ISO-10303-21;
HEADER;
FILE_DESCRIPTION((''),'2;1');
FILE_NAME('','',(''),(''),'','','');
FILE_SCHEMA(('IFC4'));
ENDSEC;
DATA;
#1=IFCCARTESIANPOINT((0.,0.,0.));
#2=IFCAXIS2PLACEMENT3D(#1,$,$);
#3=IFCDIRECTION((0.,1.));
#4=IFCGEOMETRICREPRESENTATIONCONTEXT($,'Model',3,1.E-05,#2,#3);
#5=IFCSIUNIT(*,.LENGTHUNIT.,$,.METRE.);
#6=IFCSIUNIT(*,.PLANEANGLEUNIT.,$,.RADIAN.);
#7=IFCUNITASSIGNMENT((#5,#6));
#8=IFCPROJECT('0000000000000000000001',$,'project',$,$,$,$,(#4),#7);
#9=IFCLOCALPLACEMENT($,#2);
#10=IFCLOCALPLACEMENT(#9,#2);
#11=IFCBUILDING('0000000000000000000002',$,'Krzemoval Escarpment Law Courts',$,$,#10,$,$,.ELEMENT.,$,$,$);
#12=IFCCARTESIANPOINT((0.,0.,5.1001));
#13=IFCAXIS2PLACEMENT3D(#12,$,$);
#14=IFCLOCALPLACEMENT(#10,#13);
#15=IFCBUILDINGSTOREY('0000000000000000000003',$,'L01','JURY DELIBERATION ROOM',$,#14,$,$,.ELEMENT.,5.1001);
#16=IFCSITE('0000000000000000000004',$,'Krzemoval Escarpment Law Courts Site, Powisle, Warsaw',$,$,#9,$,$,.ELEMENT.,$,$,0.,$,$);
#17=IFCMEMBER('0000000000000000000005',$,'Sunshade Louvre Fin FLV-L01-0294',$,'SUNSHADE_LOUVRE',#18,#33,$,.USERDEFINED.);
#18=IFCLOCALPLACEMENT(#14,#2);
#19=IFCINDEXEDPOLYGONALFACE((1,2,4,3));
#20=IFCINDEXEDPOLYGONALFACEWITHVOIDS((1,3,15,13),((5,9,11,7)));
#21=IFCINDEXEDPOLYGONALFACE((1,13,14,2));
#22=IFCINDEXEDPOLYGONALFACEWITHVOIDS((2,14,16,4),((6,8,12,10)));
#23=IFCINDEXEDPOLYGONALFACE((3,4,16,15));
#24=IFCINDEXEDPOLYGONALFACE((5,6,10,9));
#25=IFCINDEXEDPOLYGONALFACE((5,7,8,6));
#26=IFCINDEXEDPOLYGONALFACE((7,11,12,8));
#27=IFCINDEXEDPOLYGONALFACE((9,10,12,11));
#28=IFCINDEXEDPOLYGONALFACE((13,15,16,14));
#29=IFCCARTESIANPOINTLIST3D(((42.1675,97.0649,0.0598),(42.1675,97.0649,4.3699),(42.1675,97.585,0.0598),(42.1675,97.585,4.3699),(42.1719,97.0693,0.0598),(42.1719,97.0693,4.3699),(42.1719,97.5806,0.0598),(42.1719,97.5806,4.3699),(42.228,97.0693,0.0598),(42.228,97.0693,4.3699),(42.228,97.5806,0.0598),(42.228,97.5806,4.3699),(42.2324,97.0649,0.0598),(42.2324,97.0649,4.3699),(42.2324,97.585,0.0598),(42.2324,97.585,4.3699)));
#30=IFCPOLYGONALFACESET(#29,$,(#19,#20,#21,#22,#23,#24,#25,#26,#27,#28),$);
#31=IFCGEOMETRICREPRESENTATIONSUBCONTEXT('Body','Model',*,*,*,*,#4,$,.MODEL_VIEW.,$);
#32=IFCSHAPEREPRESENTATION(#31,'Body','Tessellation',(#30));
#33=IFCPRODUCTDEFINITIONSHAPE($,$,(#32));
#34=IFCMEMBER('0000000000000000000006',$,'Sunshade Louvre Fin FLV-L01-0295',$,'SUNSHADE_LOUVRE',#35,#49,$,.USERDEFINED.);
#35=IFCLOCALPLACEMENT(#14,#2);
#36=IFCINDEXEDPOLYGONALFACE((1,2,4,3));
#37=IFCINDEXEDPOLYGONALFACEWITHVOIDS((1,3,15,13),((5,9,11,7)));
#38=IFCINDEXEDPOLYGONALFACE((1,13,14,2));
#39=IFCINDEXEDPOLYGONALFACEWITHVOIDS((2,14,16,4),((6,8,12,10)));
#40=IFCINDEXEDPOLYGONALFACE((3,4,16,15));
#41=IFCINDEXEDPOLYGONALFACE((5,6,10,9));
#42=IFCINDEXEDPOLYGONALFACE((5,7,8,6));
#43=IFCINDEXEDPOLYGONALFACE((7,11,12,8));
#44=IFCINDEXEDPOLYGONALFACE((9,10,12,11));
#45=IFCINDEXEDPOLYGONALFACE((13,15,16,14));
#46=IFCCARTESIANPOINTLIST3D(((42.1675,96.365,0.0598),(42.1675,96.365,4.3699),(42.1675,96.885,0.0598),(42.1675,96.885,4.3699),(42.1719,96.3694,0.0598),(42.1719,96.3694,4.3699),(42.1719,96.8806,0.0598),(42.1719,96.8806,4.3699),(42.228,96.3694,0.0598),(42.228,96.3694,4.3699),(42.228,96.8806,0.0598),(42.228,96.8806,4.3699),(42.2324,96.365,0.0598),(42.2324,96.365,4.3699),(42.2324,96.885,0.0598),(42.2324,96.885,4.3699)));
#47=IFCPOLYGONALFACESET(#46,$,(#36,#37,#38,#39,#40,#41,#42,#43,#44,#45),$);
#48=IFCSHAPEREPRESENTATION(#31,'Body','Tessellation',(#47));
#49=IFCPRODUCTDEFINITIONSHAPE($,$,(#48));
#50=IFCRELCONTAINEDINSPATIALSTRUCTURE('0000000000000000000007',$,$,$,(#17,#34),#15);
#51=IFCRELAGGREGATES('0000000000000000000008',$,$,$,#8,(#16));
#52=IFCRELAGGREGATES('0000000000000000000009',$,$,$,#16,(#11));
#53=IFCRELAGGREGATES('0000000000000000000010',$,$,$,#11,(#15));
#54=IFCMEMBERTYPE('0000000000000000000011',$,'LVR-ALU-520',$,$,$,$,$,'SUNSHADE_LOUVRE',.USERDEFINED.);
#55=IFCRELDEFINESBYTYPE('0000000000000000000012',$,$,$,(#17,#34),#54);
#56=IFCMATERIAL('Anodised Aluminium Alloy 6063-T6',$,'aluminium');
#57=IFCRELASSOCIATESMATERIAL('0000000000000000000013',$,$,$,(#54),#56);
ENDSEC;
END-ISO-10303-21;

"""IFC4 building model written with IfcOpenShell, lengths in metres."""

from ifc_helpers import new_model, si_unit, direction, frame, origin, origin_2d, place, context, subcontext, project, spatial, hollow_rectangle, extrude, material, material_profile, profile_set, type_object, element, save


model = new_model("IFC4")

# Units and contexts
model_context = context("Model", 3, precision=1e-05, world=origin(), true_north=direction((0.0, 1.0)))
body_context = subcontext(model_context, "Body", "Model", "MODEL_VIEW")
ifc_project = project(units=[si_unit("LENGTHUNIT", "METRE"), si_unit("PLANEANGLEUNIT", "RADIAN")], contexts=[model_context])

# Site, building, storey
site_placement = place(None, origin())
site = spatial("IfcSite", under=ifc_project, at=site_placement, Name="Krzemoval Escarpment Law Courts Site, Powisle, Warsaw", CompositionType="ELEMENT", RefElevation=0.0)
building_placement = place(site_placement, origin())
building = spatial("IfcBuilding", under=site, at=building_placement, Name="Krzemoval Escarpment Law Courts", CompositionType="ELEMENT")
storey_placement = place(building_placement, frame((0.0, 0.0, 5.1001)))
storey = spatial("IfcBuildingStorey", under=building, at=storey_placement, Name="L01", Description="JURY DELIBERATION ROOM", CompositionType="ELEMENT", Elevation=5.1001)

# Members
ifc_material = material(Name="Anodised Aluminium Alloy 6063-T6", Category="aluminium")
ifc_material_profile = material_profile(ifc_material, hollow_rectangle(XDim=0.0649, YDim=0.52, WallThickness=0.0044, at=origin_2d()), Name="ALU LVR 65x520")
ifc_profile_set = profile_set([ifc_material_profile], Name="Anodised Aluminium Alloy 6063-T6")
member_type = type_object("IfcMemberType", Name="LVR-ALU-520", ElementType="SUNSHADE_LOUVRE", PredefinedType="USERDEFINED", material=ifc_profile_set)
for number, where, z_axis, x_axis, name in (
    (1, (42.2, 97.325, 0.0598), (0.0, 0.0, 1.0), (1.0, 0.0, 0.0), "Sunshade Louvre Fin FLV-L01-0294"),
    (2, (42.2, 96.625, 0.0598), (0.0, 0.0, 1.0), (1.0, 0.0, 0.0), "Sunshade Louvre Fin FLV-L01-0295"),
):
    element("IfcMember", number, at=place(storey_placement, frame(where, z_axis=z_axis, x_axis=x_axis)), inside=storey, type_object=member_type, Name=name, ObjectType="SUNSHADE_LOUVRE", PredefinedType="USERDEFINED", context=body_context, shape_type="SweptSolid", body=[
        extrude(hollow_rectangle(XDim=0.0649, YDim=0.52, WallThickness=0.0044, at=origin_2d()), origin(), (0.0, 0.0, 1.0), 4.3101),
    ])

save(model, "model.ifc")
